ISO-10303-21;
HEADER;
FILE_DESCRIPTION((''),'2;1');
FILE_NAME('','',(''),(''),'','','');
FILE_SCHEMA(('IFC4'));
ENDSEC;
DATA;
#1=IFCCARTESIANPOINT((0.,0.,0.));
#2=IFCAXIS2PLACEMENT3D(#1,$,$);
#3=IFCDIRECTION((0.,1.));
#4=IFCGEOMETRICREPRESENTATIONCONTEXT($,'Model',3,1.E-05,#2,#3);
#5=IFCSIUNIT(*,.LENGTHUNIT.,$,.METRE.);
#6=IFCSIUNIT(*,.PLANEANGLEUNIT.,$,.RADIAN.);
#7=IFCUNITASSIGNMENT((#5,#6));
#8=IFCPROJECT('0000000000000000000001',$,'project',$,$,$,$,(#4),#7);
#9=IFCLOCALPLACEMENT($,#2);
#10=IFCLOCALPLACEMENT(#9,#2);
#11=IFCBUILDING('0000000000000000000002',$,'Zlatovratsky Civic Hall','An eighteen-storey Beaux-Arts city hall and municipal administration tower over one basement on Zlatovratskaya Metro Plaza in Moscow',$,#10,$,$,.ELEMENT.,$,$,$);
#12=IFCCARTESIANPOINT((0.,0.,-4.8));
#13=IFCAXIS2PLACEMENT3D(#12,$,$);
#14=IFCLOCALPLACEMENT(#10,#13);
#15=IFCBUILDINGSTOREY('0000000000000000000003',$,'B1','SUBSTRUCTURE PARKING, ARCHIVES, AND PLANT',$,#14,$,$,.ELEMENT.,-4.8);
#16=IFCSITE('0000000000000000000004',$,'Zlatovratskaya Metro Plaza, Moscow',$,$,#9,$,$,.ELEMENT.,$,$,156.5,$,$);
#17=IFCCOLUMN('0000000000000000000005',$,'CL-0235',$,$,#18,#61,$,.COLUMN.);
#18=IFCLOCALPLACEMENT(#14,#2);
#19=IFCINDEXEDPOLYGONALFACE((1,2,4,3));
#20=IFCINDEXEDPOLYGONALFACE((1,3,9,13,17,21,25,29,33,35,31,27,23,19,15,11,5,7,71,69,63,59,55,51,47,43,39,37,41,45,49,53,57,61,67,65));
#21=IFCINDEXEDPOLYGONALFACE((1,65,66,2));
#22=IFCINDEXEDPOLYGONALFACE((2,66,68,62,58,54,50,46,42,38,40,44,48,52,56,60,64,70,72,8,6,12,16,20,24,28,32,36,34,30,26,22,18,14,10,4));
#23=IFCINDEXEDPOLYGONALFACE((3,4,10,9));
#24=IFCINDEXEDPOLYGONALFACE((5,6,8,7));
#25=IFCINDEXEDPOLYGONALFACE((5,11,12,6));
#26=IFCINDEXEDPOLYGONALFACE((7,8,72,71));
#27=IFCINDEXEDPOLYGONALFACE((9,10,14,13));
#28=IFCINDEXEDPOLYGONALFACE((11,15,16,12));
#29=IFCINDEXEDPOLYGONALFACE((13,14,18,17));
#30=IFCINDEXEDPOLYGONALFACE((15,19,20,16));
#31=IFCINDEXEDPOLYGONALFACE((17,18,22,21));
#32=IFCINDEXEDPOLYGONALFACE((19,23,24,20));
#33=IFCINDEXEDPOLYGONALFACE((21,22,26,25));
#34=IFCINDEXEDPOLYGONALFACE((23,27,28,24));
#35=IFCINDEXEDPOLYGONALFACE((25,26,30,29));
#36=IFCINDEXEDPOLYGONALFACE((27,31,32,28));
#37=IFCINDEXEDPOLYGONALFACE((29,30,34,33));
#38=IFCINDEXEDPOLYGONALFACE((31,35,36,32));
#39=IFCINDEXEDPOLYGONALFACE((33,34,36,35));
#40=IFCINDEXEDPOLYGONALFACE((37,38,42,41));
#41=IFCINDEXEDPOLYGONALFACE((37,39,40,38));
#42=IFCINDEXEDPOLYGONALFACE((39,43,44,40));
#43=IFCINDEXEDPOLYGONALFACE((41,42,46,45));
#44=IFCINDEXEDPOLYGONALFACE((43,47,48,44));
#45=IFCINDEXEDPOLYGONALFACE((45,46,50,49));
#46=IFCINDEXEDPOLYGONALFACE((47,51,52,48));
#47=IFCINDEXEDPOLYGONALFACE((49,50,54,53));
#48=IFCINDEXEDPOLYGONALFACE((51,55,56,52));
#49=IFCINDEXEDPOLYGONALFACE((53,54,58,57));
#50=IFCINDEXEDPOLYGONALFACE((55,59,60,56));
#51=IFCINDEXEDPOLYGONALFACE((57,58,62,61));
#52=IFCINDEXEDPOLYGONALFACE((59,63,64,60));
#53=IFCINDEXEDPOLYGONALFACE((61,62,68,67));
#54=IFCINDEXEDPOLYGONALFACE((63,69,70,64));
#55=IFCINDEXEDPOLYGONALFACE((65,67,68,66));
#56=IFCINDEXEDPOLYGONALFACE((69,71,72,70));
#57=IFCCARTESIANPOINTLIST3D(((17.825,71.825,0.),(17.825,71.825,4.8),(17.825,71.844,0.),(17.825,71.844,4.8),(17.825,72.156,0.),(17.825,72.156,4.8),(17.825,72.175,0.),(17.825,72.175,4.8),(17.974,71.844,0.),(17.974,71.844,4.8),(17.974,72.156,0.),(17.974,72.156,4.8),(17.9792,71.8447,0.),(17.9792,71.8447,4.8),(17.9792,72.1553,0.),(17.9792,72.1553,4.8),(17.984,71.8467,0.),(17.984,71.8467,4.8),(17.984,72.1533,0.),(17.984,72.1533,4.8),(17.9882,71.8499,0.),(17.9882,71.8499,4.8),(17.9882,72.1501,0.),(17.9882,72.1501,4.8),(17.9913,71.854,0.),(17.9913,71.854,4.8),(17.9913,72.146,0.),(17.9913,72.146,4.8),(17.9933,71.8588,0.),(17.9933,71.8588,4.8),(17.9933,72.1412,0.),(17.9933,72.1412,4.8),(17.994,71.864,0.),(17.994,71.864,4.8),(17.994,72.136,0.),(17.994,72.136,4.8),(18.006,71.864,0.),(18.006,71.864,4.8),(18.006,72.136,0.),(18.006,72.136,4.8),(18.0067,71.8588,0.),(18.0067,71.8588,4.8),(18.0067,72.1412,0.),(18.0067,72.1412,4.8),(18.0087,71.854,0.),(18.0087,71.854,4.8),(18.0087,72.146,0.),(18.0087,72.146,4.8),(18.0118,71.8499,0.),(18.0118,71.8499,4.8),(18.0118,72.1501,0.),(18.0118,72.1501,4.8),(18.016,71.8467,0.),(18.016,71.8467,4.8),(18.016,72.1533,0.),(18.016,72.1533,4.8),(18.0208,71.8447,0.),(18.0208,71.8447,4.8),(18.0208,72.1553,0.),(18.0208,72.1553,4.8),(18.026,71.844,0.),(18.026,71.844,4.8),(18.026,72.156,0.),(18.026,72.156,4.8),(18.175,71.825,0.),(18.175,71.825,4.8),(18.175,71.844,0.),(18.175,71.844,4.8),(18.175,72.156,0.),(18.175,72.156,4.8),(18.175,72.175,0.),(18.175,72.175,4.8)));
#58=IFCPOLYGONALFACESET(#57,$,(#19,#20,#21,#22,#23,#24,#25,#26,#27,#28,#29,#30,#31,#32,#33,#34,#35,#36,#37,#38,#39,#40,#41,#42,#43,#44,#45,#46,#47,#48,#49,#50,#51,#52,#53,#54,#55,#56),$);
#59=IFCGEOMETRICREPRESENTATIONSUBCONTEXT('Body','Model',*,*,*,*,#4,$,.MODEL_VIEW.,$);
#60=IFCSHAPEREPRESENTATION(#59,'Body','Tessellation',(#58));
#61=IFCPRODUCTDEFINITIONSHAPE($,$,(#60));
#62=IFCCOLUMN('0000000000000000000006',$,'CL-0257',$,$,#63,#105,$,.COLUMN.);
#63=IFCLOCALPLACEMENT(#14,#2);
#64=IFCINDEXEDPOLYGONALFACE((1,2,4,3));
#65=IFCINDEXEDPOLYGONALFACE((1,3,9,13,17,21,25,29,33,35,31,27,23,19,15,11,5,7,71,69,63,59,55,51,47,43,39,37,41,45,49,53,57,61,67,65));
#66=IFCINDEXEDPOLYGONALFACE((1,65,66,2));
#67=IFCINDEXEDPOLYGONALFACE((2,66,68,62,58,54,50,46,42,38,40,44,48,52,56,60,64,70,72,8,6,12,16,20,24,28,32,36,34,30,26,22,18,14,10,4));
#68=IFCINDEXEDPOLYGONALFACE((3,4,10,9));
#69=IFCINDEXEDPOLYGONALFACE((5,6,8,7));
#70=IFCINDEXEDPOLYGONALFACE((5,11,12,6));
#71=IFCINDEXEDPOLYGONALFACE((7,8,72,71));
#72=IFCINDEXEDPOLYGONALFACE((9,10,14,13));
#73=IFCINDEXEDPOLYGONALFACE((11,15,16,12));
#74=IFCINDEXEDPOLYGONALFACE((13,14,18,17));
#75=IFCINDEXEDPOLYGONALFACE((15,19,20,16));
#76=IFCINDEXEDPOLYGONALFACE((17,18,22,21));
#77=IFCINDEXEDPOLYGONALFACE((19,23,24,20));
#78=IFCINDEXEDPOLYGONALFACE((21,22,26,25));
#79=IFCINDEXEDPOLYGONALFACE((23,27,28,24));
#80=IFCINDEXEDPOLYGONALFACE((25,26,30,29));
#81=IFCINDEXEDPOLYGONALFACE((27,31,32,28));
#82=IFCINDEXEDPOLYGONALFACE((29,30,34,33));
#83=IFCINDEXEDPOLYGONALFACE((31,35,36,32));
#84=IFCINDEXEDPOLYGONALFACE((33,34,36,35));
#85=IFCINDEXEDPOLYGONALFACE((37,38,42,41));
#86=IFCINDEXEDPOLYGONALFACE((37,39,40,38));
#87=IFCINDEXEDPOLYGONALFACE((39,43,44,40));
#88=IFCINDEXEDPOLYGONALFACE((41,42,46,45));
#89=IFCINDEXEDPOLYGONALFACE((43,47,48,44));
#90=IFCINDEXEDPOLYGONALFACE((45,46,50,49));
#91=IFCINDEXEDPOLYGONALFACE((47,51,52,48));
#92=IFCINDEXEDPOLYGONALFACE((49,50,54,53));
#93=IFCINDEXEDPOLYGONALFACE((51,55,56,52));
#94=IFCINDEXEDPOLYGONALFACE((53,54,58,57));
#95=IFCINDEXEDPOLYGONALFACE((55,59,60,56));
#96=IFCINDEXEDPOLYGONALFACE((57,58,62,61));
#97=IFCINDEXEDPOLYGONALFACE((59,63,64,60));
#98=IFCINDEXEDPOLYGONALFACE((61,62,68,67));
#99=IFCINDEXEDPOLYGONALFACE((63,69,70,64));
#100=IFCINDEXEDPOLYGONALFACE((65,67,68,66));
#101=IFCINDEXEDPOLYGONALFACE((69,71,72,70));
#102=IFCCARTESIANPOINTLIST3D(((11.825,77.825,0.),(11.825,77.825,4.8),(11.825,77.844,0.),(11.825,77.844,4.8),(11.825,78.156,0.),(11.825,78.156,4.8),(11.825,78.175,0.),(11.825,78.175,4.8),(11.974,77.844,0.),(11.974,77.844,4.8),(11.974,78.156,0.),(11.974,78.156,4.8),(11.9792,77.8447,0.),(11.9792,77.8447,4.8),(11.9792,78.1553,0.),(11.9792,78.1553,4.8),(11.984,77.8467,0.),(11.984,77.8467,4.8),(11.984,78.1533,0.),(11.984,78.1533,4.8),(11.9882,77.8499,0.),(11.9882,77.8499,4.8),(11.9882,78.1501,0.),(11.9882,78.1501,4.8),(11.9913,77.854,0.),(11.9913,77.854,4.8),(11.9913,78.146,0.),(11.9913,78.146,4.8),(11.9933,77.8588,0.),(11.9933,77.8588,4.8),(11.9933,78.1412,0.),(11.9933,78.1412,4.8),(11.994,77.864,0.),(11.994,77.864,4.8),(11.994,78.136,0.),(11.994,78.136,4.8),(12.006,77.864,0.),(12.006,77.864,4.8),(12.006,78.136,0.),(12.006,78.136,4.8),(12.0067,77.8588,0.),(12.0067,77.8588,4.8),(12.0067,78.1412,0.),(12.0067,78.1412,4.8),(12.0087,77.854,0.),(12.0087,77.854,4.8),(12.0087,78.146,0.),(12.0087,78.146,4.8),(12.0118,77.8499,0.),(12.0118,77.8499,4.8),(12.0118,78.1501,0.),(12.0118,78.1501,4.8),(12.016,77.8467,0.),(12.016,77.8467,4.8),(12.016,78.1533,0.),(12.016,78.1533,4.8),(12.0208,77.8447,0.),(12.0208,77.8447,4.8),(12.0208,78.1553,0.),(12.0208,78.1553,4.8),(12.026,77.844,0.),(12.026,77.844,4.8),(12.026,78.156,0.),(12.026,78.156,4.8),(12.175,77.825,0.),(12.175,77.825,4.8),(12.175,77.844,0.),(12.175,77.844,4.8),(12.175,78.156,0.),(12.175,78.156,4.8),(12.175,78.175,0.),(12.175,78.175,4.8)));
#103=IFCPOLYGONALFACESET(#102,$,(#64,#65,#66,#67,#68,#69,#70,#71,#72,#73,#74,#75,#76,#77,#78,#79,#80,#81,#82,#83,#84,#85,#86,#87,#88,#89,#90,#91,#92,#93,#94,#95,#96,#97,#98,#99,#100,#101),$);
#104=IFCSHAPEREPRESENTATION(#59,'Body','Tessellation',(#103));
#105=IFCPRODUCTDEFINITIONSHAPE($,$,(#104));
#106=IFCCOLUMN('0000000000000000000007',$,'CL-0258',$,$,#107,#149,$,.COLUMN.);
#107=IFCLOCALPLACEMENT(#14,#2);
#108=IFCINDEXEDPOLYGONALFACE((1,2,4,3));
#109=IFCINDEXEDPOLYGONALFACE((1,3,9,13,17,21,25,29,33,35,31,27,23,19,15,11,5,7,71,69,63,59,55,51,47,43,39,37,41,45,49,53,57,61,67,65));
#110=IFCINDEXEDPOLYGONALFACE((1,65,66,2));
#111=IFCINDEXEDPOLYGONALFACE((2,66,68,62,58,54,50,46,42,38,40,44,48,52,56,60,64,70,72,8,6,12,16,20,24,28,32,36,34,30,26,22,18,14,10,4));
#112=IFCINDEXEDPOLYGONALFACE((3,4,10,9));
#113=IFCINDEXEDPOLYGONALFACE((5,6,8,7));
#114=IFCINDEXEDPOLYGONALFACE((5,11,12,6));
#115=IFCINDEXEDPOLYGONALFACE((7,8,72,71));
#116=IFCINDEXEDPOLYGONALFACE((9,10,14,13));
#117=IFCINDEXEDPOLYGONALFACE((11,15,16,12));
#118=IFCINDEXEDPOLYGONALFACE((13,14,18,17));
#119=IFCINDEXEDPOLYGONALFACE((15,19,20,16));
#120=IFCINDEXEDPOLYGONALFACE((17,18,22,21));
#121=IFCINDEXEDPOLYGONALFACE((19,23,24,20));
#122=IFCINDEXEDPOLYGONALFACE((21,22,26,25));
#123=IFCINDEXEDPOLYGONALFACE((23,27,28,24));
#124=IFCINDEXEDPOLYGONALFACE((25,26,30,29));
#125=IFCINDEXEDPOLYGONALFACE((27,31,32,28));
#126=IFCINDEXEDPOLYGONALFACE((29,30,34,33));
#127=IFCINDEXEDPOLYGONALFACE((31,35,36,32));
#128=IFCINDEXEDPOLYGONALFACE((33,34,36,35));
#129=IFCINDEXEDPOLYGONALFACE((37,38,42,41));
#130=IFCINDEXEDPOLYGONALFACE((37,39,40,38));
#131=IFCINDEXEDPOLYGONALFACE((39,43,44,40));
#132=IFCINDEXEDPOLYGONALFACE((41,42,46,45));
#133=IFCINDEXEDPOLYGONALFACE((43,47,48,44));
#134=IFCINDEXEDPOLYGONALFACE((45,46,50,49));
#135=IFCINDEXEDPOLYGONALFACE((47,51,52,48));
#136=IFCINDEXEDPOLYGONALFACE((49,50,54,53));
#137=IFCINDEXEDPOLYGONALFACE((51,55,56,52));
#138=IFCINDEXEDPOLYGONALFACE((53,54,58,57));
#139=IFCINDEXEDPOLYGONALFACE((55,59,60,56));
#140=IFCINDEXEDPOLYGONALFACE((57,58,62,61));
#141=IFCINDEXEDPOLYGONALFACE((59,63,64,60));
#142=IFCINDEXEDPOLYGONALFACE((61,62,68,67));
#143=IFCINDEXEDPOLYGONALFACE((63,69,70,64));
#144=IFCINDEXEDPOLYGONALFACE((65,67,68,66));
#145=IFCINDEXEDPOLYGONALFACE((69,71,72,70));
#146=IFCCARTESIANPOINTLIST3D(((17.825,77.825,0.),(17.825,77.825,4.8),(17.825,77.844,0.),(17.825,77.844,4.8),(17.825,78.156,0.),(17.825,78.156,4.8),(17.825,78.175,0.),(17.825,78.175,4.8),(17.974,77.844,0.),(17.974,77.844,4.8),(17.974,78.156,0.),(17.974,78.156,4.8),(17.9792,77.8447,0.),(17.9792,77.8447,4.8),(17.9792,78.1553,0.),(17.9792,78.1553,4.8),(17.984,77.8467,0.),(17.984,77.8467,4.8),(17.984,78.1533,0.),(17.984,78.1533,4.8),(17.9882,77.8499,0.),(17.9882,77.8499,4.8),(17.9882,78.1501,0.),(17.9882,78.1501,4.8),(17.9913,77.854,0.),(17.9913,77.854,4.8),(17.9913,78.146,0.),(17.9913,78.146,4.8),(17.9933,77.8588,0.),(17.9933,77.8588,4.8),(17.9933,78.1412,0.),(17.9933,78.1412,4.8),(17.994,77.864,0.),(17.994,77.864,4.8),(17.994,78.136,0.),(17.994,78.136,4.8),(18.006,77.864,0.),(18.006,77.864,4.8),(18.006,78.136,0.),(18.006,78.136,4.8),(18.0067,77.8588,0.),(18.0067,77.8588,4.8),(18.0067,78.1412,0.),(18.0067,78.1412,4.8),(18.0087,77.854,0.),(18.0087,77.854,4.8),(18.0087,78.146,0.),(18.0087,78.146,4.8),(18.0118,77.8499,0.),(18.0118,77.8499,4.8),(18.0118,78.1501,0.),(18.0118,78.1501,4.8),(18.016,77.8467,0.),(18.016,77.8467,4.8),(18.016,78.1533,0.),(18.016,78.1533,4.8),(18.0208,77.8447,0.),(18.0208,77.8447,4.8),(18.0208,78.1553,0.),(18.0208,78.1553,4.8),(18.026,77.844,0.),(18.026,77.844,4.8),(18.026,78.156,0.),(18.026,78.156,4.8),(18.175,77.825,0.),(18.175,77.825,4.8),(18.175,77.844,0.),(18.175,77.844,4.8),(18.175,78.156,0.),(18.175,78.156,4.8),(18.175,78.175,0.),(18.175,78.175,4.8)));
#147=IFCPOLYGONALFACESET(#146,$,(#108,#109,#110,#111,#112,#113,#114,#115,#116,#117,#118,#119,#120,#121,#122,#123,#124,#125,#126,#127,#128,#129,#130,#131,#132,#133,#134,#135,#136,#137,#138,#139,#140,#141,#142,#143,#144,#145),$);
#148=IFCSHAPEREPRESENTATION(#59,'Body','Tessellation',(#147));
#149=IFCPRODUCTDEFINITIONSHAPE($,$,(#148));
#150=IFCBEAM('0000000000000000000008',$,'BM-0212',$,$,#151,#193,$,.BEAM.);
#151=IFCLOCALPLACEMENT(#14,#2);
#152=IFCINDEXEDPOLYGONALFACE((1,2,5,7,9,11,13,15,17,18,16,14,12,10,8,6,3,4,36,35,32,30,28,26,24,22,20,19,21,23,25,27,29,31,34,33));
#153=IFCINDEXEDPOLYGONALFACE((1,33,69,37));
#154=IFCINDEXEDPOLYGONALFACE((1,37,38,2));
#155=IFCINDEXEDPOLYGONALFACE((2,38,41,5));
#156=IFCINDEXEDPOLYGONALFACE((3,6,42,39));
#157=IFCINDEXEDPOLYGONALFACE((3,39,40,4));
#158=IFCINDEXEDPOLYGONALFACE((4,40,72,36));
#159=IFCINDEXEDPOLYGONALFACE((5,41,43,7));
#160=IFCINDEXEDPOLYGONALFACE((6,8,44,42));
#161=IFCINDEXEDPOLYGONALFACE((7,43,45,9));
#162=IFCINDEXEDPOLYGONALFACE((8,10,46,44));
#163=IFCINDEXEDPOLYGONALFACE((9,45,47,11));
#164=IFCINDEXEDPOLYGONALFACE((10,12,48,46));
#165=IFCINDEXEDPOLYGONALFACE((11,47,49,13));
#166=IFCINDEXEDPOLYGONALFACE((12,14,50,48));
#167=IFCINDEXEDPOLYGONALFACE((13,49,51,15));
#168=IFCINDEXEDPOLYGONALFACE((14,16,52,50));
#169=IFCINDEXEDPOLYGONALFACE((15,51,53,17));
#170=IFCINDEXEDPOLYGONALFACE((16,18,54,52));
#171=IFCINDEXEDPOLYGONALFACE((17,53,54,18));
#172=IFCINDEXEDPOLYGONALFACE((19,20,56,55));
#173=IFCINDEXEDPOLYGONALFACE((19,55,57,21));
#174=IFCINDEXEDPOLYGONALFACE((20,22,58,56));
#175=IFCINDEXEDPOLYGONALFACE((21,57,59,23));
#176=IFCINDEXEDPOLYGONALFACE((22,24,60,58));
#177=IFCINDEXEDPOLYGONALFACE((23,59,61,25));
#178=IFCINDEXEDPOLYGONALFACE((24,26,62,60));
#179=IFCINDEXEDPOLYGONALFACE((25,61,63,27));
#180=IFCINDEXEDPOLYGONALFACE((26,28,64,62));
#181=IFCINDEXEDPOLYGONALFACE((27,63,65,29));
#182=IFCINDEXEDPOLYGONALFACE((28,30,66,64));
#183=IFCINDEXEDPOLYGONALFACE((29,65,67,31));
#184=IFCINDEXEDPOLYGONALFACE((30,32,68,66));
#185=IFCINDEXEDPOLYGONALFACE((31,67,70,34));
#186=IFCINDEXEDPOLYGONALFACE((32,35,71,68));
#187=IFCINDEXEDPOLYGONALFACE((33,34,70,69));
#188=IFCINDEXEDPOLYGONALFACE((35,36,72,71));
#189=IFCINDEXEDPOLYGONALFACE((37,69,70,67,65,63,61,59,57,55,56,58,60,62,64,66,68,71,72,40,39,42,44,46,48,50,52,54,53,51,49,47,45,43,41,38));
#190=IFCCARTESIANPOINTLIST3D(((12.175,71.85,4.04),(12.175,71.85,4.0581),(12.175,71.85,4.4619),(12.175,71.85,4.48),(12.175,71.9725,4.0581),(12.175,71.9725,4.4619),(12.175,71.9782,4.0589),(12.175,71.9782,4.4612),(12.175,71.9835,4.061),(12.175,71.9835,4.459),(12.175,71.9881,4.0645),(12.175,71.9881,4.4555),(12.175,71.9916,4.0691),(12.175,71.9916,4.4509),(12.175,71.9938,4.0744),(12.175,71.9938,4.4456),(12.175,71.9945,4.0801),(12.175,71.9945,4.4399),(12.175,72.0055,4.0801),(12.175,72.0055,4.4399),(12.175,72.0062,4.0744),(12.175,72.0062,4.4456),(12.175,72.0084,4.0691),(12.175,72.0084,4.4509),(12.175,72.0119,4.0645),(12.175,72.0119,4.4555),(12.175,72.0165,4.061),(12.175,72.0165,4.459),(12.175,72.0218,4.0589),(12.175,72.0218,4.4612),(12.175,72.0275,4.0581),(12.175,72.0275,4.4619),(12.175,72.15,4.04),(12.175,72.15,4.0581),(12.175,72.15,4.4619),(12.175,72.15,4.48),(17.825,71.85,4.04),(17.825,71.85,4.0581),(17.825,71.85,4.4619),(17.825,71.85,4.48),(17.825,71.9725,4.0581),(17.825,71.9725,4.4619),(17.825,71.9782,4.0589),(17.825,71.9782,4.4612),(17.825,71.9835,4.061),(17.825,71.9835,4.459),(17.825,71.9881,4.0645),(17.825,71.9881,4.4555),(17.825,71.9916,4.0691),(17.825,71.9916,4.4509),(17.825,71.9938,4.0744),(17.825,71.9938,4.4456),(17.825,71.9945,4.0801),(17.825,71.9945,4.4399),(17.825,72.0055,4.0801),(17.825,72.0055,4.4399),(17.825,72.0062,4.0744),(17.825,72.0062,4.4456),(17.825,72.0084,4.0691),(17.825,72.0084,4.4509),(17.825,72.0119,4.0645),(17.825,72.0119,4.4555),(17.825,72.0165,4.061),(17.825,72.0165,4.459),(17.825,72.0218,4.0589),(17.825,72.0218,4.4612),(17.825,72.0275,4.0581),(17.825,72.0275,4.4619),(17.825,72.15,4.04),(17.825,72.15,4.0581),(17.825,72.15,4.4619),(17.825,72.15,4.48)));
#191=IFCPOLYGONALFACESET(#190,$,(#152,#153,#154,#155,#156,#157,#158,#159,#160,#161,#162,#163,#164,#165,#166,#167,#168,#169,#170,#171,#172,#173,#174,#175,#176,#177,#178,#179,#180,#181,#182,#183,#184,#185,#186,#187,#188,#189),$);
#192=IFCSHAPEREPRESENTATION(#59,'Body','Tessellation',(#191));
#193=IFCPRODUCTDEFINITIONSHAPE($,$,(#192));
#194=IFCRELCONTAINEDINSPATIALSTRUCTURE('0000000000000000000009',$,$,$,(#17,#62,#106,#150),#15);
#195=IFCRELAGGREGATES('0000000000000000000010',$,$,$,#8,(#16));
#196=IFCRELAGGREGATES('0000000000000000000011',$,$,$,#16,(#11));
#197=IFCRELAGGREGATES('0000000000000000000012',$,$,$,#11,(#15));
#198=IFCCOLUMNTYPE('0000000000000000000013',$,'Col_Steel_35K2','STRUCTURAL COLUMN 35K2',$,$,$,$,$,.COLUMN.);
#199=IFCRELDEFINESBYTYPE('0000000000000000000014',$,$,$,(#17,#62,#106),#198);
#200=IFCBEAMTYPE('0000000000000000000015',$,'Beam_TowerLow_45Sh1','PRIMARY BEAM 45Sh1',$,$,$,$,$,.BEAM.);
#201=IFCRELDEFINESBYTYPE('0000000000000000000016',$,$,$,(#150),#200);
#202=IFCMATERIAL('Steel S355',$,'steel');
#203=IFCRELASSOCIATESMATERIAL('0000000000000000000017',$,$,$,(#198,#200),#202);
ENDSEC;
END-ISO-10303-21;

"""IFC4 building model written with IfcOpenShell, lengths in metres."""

from ifc_helpers import new_model, si_unit, direction, frame, origin, origin_2d, place, context, subcontext, project, spatial, i_section, extrude, material, material_profile, profile_set, type_object, element, save


model = new_model("IFC4")

# Units and contexts
model_context = context("Model", 3, precision=1e-05, world=origin(), true_north=direction((0.0, 1.0)))
body_context = subcontext(model_context, "Body", "Model", "MODEL_VIEW")
ifc_project = project(units=[si_unit("LENGTHUNIT", "METRE"), si_unit("PLANEANGLEUNIT", "RADIAN")], contexts=[model_context])

# Site, building, storey
site_placement = place(None, origin())
site = spatial("IfcSite", under=ifc_project, at=site_placement, Name="Zlatovratskaya Metro Plaza, Moscow", CompositionType="ELEMENT", RefElevation=156.5)
building_placement = place(site_placement, origin())
building = spatial("IfcBuilding", under=site, at=building_placement, Name="Zlatovratsky Civic Hall", Description="An eighteen-storey Beaux-Arts city hall and municipal administration tower over one basement on Zlatovratskaya Metro Plaza in Moscow", CompositionType="ELEMENT")
storey_placement = place(building_placement, frame((0.0, 0.0, -4.8)))
storey = spatial("IfcBuildingStorey", under=building, at=storey_placement, Name="B1", Description="SUBSTRUCTURE PARKING, ARCHIVES, AND PLANT", CompositionType="ELEMENT", Elevation=-4.8)

# Columns
ifc_material_1 = material(Name="Steel S355", Category="steel")
ifc_material_profile_1 = material_profile(ifc_material_1, i_section(OverallWidth=0.3501, OverallDepth=0.3501, WebThickness=0.012, FlangeThickness=0.019, FilletRadius=0.02, at=origin_2d()), Name="35K2")
ifc_profile_set_1 = profile_set([ifc_material_profile_1], Name="Steel S355")
column_type = type_object("IfcColumnType", Name="Col_Steel_35K2", Description="STRUCTURAL COLUMN 35K2", PredefinedType="COLUMN", material=ifc_profile_set_1)
for number, where, z_axis, x_axis, name in (
    (1, (18.0, 72.0, 0.0), (0.0, 0.0, 1.0), (1.0, 0.0, 0.0), "CL-0235"),
    (2, (12.0, 78.0, 0.0), (0.0, 0.0, 1.0), (1.0, 0.0, 0.0), "CL-0257"),
    (3, (18.0, 78.0, 0.0), (0.0, 0.0, 1.0), (1.0, 0.0, 0.0), "CL-0258"),
):
    element("IfcColumn", number, at=place(storey_placement, frame(where, z_axis=z_axis, x_axis=x_axis)), inside=storey, type_object=column_type, Name=name, PredefinedType="COLUMN", context=body_context, shape_type="SweptSolid", body=[
        extrude(i_section(OverallWidth=0.3501, OverallDepth=0.3501, WebThickness=0.012, FlangeThickness=0.019, FilletRadius=0.02, at=origin_2d()), origin(), (0.0, 0.0, 1.0), 4.8),
    ])

# Beam
ifc_material_profile_2 = material_profile(ifc_material_1, i_section(OverallWidth=0.3, OverallDepth=0.4399, WebThickness=0.011, FlangeThickness=0.0181, FilletRadius=0.022, at=origin_2d()), Name="45Sh1")
ifc_profile_set_2 = profile_set([ifc_material_profile_2], Name="Steel S355")
beam_type = type_object("IfcBeamType", Name="Beam_TowerLow_45Sh1", Description="PRIMARY BEAM 45Sh1", PredefinedType="BEAM", material=ifc_profile_set_2)
for number, where, z_axis, x_axis, name in (
    (4, (12.175, 72.0, 4.26), (1.0, 0.0, 0.0), (0.0, 1.0, 0.0), "BM-0212"),
):
    element("IfcBeam", number, at=place(storey_placement, frame(where, z_axis=z_axis, x_axis=x_axis)), inside=storey, type_object=beam_type, Name=name, PredefinedType="BEAM", context=body_context, shape_type="SweptSolid", body=[
        extrude(i_section(OverallWidth=0.3, OverallDepth=0.4399, WebThickness=0.011, FlangeThickness=0.0181, FilletRadius=0.022, at=origin_2d()), origin(), (0.0, 0.0, 1.0), 5.6499),
    ])

save(model, "model.ifc")
